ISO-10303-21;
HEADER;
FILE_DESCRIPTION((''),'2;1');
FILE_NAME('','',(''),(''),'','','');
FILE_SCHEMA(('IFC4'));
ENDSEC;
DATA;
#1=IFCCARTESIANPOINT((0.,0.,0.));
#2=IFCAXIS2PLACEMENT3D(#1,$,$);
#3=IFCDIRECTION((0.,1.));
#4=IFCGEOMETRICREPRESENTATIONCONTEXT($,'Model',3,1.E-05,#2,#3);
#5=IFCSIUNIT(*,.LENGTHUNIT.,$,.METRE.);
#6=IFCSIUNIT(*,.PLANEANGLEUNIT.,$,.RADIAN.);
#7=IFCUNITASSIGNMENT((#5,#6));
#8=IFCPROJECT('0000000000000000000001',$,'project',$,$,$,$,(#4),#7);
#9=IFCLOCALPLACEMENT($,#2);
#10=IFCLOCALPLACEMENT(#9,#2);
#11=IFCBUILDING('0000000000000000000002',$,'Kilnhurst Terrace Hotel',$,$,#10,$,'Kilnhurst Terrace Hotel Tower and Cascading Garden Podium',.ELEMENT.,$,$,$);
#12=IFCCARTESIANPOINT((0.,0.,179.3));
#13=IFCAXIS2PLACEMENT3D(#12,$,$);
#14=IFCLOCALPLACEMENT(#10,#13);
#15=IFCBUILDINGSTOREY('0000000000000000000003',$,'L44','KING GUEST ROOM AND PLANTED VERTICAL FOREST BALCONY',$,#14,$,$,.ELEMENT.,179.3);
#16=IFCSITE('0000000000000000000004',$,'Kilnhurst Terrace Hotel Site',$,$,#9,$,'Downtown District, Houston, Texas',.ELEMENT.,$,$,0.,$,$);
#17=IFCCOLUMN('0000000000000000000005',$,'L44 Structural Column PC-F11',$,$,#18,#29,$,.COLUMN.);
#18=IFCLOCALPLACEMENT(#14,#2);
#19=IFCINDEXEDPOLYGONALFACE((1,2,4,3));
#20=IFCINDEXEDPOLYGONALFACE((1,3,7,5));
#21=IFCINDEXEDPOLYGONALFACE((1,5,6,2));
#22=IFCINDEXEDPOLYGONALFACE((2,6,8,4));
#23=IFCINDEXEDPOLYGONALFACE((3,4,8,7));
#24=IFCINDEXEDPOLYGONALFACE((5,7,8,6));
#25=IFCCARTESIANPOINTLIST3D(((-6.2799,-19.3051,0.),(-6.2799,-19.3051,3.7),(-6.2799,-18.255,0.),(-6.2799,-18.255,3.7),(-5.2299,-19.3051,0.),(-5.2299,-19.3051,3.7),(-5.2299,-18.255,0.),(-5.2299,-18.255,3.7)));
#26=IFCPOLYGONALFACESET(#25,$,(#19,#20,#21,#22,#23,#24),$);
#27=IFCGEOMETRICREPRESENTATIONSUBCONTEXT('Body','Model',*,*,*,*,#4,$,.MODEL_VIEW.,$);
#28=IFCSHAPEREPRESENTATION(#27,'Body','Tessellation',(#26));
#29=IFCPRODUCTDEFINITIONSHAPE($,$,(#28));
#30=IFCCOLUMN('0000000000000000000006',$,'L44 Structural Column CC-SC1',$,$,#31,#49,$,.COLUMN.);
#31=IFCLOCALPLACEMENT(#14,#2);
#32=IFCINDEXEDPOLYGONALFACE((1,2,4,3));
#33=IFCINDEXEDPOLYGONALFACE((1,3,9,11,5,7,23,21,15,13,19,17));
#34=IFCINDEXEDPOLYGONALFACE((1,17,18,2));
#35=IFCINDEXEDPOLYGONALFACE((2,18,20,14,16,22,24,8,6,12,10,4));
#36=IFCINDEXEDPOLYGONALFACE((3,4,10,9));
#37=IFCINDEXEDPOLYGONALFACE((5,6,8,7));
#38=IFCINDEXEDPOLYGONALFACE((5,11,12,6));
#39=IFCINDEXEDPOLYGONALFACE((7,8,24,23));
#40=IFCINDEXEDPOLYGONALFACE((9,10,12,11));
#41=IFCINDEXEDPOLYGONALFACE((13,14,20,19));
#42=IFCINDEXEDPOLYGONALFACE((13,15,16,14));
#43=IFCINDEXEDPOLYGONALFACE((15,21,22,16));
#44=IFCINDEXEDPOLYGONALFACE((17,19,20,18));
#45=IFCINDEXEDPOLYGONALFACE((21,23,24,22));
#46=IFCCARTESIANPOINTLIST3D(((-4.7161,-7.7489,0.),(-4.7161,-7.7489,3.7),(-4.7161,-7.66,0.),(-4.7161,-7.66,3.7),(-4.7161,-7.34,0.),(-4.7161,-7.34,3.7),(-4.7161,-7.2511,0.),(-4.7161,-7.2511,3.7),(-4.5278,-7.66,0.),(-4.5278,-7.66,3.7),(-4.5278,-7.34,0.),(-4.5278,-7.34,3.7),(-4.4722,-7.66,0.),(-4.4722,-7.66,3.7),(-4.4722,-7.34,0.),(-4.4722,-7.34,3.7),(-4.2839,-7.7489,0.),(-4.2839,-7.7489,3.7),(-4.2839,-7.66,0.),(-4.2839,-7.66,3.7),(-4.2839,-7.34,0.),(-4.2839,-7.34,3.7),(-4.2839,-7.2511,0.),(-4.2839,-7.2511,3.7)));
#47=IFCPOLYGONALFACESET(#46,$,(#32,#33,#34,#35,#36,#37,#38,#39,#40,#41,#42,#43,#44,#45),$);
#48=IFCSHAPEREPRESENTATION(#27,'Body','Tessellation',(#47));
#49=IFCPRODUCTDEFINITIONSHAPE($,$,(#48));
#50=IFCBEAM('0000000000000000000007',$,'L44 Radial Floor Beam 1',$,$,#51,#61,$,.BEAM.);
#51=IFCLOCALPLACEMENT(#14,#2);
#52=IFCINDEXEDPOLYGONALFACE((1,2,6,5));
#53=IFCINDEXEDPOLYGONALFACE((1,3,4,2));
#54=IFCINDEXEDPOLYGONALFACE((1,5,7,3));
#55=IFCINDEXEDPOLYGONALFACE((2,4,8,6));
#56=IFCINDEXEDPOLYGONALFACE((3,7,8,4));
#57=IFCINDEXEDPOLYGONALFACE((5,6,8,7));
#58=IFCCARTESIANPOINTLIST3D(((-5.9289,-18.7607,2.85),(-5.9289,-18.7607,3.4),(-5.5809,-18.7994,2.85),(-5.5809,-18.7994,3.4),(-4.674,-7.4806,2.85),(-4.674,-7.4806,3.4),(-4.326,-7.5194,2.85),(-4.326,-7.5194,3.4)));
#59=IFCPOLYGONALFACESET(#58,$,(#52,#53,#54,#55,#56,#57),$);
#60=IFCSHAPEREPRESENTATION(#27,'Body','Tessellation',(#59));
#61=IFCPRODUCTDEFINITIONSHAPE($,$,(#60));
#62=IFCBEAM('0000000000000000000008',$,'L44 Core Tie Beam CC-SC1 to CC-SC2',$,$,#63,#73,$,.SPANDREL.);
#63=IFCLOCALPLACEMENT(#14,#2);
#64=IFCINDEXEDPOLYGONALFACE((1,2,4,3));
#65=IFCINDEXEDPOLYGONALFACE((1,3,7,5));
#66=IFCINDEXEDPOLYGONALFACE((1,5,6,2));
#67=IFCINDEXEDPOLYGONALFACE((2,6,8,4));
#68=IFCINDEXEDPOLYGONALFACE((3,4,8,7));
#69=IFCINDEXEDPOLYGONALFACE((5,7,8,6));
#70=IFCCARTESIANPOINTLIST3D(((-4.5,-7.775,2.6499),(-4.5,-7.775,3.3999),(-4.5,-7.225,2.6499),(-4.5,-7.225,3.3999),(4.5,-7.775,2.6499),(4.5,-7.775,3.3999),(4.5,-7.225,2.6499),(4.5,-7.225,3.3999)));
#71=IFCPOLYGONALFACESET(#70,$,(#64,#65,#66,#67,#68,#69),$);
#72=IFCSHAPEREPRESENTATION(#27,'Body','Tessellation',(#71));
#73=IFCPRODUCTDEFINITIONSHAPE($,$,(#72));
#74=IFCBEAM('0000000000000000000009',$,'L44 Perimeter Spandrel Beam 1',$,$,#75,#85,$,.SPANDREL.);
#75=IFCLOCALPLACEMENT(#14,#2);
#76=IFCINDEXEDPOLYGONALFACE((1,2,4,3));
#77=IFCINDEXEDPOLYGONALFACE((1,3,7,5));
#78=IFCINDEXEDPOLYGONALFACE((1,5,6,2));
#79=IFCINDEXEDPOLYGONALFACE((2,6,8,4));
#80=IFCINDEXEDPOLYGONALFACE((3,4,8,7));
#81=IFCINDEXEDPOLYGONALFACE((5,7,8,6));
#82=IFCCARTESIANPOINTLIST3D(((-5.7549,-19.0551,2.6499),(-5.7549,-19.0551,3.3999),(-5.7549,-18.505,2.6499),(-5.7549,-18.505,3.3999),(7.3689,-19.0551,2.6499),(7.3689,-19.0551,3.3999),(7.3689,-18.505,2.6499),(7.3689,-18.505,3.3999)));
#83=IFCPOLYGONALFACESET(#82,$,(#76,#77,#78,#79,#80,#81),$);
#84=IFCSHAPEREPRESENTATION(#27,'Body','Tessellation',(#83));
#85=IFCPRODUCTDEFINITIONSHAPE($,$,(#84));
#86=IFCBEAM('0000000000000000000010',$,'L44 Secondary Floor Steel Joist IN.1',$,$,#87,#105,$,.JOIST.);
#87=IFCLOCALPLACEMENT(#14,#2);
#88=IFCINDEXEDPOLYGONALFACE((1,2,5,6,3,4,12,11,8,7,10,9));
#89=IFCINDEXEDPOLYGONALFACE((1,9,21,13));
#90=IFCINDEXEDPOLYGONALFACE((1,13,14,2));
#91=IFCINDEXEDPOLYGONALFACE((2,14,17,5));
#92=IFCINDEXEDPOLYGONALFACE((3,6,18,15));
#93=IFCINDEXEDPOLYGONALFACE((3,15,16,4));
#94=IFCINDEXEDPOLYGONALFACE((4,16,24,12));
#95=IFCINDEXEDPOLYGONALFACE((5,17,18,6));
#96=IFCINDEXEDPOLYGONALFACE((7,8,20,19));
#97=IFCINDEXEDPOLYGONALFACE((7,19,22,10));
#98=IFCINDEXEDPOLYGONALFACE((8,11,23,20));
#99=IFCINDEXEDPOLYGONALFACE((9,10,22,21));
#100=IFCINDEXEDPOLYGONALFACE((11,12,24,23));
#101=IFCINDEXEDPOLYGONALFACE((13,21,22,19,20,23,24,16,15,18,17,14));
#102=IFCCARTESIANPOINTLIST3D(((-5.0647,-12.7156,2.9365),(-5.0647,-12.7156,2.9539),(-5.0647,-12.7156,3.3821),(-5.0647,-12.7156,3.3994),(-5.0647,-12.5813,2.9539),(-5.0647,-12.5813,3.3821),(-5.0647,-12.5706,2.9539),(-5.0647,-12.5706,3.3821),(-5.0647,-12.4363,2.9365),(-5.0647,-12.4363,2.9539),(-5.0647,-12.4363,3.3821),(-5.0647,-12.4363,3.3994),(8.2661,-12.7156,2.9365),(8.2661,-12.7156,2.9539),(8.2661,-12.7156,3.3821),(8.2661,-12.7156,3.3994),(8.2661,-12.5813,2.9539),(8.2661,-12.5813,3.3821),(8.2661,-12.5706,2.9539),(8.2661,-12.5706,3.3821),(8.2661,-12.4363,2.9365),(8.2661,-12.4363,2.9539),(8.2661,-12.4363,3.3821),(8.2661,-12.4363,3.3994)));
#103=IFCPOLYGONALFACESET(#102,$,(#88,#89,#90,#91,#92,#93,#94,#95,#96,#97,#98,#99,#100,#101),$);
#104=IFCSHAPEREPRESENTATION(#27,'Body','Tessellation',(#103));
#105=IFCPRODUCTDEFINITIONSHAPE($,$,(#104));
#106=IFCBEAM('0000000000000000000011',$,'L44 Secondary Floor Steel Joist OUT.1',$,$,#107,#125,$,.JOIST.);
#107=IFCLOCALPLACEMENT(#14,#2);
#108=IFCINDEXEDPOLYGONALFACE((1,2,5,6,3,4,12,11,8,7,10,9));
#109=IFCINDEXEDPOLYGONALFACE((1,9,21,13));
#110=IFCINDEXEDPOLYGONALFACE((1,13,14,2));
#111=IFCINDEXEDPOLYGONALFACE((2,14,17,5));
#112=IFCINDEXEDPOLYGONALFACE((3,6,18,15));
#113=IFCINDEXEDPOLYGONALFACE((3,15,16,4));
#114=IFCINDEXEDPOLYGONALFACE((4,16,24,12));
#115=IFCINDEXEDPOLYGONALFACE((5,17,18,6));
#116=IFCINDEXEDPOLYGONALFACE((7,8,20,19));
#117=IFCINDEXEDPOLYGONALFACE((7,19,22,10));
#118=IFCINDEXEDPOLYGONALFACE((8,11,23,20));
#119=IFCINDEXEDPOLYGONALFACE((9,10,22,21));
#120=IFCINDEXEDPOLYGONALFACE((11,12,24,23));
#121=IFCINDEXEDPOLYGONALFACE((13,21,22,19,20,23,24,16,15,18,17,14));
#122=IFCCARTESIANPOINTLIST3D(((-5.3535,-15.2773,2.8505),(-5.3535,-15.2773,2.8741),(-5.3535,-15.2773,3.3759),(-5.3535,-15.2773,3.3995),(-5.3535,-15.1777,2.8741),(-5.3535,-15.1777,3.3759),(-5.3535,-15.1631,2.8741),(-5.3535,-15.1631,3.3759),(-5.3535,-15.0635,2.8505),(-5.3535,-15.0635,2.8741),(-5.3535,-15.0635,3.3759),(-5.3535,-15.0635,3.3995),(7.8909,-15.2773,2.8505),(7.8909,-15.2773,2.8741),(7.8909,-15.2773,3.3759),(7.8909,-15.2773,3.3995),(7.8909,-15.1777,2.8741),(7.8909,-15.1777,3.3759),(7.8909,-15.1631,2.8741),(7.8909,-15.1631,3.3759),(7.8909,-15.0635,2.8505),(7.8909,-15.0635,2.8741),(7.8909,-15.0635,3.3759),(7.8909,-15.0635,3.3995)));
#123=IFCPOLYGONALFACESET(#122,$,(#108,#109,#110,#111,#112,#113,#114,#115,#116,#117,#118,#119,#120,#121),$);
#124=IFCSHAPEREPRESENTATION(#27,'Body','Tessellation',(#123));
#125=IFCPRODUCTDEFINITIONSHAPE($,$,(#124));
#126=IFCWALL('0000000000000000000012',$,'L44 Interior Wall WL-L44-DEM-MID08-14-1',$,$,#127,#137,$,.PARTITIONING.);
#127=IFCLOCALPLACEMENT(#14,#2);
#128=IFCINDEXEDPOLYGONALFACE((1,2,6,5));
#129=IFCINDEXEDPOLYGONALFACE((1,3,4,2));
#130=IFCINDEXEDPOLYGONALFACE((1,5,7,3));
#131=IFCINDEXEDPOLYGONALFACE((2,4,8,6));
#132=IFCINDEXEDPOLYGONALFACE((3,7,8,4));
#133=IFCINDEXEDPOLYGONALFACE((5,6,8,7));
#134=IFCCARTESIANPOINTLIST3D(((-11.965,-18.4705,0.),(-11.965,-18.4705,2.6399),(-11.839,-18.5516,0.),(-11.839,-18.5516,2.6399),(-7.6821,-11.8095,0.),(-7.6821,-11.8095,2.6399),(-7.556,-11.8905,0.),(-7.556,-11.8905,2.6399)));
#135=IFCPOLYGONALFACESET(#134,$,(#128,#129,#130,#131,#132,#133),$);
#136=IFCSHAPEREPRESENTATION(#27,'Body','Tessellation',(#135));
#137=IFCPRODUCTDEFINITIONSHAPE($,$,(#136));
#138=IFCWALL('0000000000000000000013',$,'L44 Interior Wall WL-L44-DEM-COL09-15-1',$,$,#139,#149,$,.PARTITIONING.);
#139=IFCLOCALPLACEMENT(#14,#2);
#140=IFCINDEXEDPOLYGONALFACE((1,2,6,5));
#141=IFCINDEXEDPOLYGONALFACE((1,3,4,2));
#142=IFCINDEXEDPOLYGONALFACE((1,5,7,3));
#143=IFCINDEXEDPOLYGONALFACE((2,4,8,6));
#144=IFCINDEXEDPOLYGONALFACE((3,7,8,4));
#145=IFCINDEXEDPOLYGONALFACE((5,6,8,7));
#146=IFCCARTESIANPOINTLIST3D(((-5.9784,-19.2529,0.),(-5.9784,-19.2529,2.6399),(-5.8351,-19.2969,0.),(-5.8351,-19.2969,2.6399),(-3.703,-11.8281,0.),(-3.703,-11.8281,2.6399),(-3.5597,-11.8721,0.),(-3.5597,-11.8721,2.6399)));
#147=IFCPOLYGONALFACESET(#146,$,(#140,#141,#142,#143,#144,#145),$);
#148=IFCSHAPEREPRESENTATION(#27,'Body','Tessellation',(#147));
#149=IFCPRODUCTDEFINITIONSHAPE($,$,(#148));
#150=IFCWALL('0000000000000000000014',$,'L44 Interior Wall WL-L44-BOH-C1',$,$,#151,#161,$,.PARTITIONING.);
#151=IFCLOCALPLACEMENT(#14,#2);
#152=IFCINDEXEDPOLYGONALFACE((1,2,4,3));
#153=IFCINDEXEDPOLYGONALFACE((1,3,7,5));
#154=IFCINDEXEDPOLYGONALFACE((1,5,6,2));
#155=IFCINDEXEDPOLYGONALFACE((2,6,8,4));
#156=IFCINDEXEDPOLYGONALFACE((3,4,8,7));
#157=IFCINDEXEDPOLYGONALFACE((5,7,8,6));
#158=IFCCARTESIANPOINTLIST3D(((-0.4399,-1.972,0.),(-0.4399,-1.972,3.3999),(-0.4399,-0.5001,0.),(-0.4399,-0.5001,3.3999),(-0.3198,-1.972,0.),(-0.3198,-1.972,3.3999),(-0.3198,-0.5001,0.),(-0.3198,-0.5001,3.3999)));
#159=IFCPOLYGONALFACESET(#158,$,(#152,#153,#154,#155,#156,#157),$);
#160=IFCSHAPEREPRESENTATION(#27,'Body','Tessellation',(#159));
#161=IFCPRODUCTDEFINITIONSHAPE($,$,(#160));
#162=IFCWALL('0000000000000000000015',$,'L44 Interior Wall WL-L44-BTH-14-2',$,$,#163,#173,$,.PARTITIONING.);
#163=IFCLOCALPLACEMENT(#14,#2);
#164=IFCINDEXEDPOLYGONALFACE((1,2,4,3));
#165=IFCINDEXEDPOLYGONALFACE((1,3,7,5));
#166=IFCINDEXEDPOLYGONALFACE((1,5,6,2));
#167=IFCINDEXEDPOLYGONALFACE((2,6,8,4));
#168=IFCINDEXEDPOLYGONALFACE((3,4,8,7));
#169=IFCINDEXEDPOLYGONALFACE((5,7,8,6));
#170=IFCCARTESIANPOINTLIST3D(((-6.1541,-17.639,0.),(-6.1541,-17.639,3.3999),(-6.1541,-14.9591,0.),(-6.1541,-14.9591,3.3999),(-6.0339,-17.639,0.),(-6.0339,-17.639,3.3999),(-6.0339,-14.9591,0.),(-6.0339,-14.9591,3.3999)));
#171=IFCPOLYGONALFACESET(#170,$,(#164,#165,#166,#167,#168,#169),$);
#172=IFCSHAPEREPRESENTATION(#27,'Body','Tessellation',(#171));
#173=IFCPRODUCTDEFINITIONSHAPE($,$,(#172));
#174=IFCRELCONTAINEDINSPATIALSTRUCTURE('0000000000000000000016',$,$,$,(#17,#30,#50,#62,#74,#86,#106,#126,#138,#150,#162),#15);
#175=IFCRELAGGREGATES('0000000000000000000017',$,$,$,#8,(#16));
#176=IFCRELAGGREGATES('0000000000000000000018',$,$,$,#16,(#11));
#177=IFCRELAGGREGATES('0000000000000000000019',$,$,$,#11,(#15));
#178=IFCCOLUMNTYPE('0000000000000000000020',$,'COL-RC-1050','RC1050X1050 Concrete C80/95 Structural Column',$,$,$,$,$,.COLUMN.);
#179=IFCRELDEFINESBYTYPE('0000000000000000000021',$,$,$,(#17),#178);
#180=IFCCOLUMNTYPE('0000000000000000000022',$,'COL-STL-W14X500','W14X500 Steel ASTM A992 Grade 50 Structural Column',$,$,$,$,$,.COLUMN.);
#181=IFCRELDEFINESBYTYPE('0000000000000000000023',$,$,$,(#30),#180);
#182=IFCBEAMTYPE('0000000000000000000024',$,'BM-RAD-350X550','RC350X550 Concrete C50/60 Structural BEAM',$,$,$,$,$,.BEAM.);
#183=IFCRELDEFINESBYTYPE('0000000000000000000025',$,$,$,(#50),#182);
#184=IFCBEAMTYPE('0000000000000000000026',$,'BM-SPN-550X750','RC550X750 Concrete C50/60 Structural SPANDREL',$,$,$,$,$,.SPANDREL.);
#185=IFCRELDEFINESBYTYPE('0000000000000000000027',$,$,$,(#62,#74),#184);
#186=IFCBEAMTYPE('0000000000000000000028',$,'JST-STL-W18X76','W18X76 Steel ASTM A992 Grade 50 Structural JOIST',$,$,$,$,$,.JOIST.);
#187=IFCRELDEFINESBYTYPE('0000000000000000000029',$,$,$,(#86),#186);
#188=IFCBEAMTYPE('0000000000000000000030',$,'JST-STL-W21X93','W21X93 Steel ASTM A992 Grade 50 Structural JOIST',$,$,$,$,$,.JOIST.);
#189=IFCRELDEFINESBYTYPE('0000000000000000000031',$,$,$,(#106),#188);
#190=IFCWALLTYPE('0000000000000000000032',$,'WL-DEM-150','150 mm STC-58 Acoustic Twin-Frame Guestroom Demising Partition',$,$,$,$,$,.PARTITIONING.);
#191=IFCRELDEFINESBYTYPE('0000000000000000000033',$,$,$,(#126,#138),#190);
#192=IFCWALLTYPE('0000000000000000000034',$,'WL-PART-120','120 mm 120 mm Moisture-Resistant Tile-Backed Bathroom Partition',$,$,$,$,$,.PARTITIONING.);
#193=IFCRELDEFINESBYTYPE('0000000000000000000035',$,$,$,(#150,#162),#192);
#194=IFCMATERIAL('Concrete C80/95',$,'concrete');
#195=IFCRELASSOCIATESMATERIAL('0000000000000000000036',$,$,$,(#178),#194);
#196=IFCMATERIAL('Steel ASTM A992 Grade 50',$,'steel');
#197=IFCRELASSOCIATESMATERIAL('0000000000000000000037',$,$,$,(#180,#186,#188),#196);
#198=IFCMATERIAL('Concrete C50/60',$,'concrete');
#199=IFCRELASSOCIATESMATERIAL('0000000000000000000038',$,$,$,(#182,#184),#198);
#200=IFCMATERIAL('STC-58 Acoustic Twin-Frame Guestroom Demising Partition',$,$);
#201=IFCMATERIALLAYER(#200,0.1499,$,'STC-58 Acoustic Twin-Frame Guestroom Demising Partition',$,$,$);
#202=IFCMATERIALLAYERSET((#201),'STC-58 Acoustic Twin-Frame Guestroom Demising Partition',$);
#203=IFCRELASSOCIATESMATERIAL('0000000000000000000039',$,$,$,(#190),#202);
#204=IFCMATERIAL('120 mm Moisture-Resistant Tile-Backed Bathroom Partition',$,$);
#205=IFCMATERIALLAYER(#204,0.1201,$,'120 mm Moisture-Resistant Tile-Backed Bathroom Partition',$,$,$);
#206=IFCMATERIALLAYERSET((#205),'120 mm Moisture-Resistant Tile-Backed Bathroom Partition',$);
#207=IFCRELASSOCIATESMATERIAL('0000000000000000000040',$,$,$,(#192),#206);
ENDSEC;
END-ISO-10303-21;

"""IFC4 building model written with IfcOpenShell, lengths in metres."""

from ifc_helpers import new_model, si_unit, direction, frame, frame_2d, origin, origin_2d, place, context, subcontext, project, spatial, rectangle, i_section, extrude, material, layer, layer_set, material_profile, profile_set, type_object, element, save


model = new_model("IFC4")

# Units and contexts
model_context = context("Model", 3, precision=1e-05, world=origin(), true_north=direction((0.0, 1.0)))
body_context = subcontext(model_context, "Body", "Model", "MODEL_VIEW")
ifc_project = project(units=[si_unit("LENGTHUNIT", "METRE"), si_unit("PLANEANGLEUNIT", "RADIAN")], contexts=[model_context])

# Site, building, storey
site_placement = place(None, origin())
site = spatial("IfcSite", under=ifc_project, at=site_placement, Name="Kilnhurst Terrace Hotel Site", LongName="Downtown District, Houston, Texas", CompositionType="ELEMENT", RefElevation=0.0)
building_placement = place(site_placement, origin())
building = spatial("IfcBuilding", under=site, at=building_placement, Name="Kilnhurst Terrace Hotel", LongName="Kilnhurst Terrace Hotel Tower and Cascading Garden Podium", CompositionType="ELEMENT")
storey_placement = place(building_placement, frame((0.0, 0.0, 179.3)))
storey = spatial("IfcBuildingStorey", under=building, at=storey_placement, Name="L44", Description="KING GUEST ROOM AND PLANTED VERTICAL FOREST BALCONY", CompositionType="ELEMENT", Elevation=179.3)

# Columns
ifc_material_1 = material(Name="Concrete C80/95", Category="concrete")
ifc_material_profile_1 = material_profile(ifc_material_1, rectangle(XDim=1.05, YDim=1.05, at=origin_2d()), Name="RC1050X1050")
ifc_profile_set_1 = profile_set([ifc_material_profile_1], Name="Concrete C80/95")
column_type_1 = type_object("IfcColumnType", Name="COL-RC-1050", Description="RC1050X1050 Concrete C80/95 Structural Column", PredefinedType="COLUMN", material=ifc_profile_set_1)
column_1_placement = place(storey_placement, frame((-5.7549, -18.78, 0.0), z_axis=(0.0, 0.0, 1.0), x_axis=(1.0, 0.0, 0.0)))
element("IfcColumn", 1, at=column_1_placement, inside=storey, type_object=column_type_1, Name="L44 Structural Column PC-F11", PredefinedType="COLUMN", context=body_context, shape_type="SweptSolid", body=[
    extrude(rectangle(XDim=1.05, YDim=1.05, at=origin_2d()), origin(), (0.0, 0.0, 1.0), 3.7),
])
ifc_material_2 = material(Name="Steel ASTM A992 Grade 50", Category="steel")
ifc_material_profile_2 = material_profile(ifc_material_2, i_section(OverallWidth=0.4321, OverallDepth=0.4978, WebThickness=0.0557, FlangeThickness=0.0889, at=origin_2d()), Name="W14X500")
ifc_profile_set_2 = profile_set([ifc_material_profile_2], Name="Steel ASTM A992 Grade 50")
column_type_2 = type_object("IfcColumnType", Name="COL-STL-W14X500", Description="W14X500 Steel ASTM A992 Grade 50 Structural Column", PredefinedType="COLUMN", material=ifc_profile_set_2)
column_2_placement = place(storey_placement, frame((-4.5, -7.5, 0.0), z_axis=(0.0, 0.0, 1.0), x_axis=(1.0, 0.0, 0.0)))
element("IfcColumn", 2, at=column_2_placement, inside=storey, type_object=column_type_2, Name="L44 Structural Column CC-SC1", PredefinedType="COLUMN", context=body_context, shape_type="SweptSolid", body=[
    extrude(i_section(OverallWidth=0.4321, OverallDepth=0.4978, WebThickness=0.0557, FlangeThickness=0.0889, at=origin_2d()), origin(), (0.0, 0.0, 1.0), 3.7),
])

# Beams
ifc_material_3 = material(Name="Concrete C50/60", Category="concrete")
ifc_material_profile_3 = material_profile(ifc_material_3, rectangle(XDim=0.3501, YDim=0.55, at=origin_2d()), Name="RC350X550")
ifc_profile_set_3 = profile_set([ifc_material_profile_3], Name="Concrete C50/60")
beam_type_1 = type_object("IfcBeamType", Name="BM-RAD-350X550", Description="RC350X550 Concrete C50/60 Structural BEAM", PredefinedType="BEAM", material=ifc_profile_set_3)
beam_1_placement = place(storey_placement, frame((-4.5, -7.5, 3.125), z_axis=(-0.110566, -0.993869, 0.0), x_axis=(0.993869, -0.110566, 0.0)))
element("IfcBeam", 3, at=beam_1_placement, inside=storey, type_object=beam_type_1, Name="L44 Radial Floor Beam 1", PredefinedType="BEAM", context=body_context, shape_type="SweptSolid", body=[
    extrude(rectangle(XDim=0.3501, YDim=0.55, at=origin_2d()), origin(), (0.0, 0.0, 1.0), 11.3496),
])
ifc_material_profile_4 = material_profile(ifc_material_3, rectangle(XDim=0.55, YDim=0.75, at=origin_2d()), Name="RC550X750")
ifc_profile_set_4 = profile_set([ifc_material_profile_4], Name="Concrete C50/60")
beam_type_2 = type_object("IfcBeamType", Name="BM-SPN-550X750", Description="RC550X750 Concrete C50/60 Structural SPANDREL", PredefinedType="SPANDREL", material=ifc_profile_set_4)
beam_2_placement = place(storey_placement, frame((-4.5, -7.5, 3.0249), z_axis=(1.0, 0.0, 0.0), x_axis=(0.0, 1.0, 0.0)))
element("IfcBeam", 4, at=beam_2_placement, inside=storey, type_object=beam_type_2, Name="L44 Core Tie Beam CC-SC1 to CC-SC2", PredefinedType="SPANDREL", context=body_context, shape_type="SweptSolid", body=[
    extrude(rectangle(XDim=0.55, YDim=0.75, at=origin_2d()), origin(), (0.0, 0.0, 1.0), 9.0),
])
beam_3_placement = place(storey_placement, frame((-5.7549, -18.78, 3.0249), z_axis=(1.0, 0.0, 0.0), x_axis=(0.0, 1.0, 0.0)))
element("IfcBeam", 5, at=beam_3_placement, inside=storey, type_object=beam_type_2, Name="L44 Perimeter Spandrel Beam 1", PredefinedType="SPANDREL", context=body_context, shape_type="SweptSolid", body=[
    extrude(rectangle(XDim=0.55, YDim=0.75, at=origin_2d()), origin(), (0.0, 0.0, 1.0), 13.1238),
])
ifc_material_profile_5 = material_profile(ifc_material_2, i_section(OverallWidth=0.2793, OverallDepth=0.4629, WebThickness=0.0107, FlangeThickness=0.0173, at=origin_2d()), Name="W18X76")
ifc_profile_set_5 = profile_set([ifc_material_profile_5], Name="Steel ASTM A992 Grade 50")
beam_type_3 = type_object("IfcBeamType", Name="JST-STL-W18X76", Description="W18X76 Steel ASTM A992 Grade 50 Structural JOIST", PredefinedType="JOIST", material=ifc_profile_set_5)
beam_4_placement = place(storey_placement, frame((-5.0647, -12.5759, 3.168), z_axis=(1.0, 0.0, 0.0), x_axis=(0.0, 1.0, 0.0)))
element("IfcBeam", 6, at=beam_4_placement, inside=storey, type_object=beam_type_3, Name="L44 Secondary Floor Steel Joist IN.1", PredefinedType="JOIST", context=body_context, shape_type="SweptSolid", body=[
    extrude(i_section(OverallWidth=0.2793, OverallDepth=0.4629, WebThickness=0.0107, FlangeThickness=0.0173, at=origin_2d()), origin(), (0.0, 0.0, 1.0), 13.3308),
])
ifc_material_profile_6 = material_profile(ifc_material_2, i_section(OverallWidth=0.2139, OverallDepth=0.5491, WebThickness=0.0146, FlangeThickness=0.0237, at=origin_2d()), Name="W21X93")
ifc_profile_set_6 = profile_set([ifc_material_profile_6], Name="Steel ASTM A992 Grade 50")
beam_type_4 = type_object("IfcBeamType", Name="JST-STL-W21X93", Description="W21X93 Steel ASTM A992 Grade 50 Structural JOIST", PredefinedType="JOIST", material=ifc_profile_set_6)
beam_5_placement = place(storey_placement, frame((-5.3535, -15.1704, 3.125), z_axis=(1.0, 0.0, 0.0), x_axis=(0.0, 1.0, 0.0)))
element("IfcBeam", 7, at=beam_5_placement, inside=storey, type_object=beam_type_4, Name="L44 Secondary Floor Steel Joist OUT.1", PredefinedType="JOIST", context=body_context, shape_type="SweptSolid", body=[
    extrude(i_section(OverallWidth=0.2139, OverallDepth=0.5491, WebThickness=0.0146, FlangeThickness=0.0237, at=origin_2d()), origin(), (0.0, 0.0, 1.0), 13.2444),
])

# Walls
ifc_material_4 = material(Name="STC-58 Acoustic Twin-Frame Guestroom Demising Partition")
ifc_layer_1 = layer(ifc_material_4, 0.1499, Name="STC-58 Acoustic Twin-Frame Guestroom Demising Partition")
ifc_layer_set_1 = layer_set([ifc_layer_1], Name="STC-58 Acoustic Twin-Frame Guestroom Demising Partition")
wall_type_1 = type_object("IfcWallType", Name="WL-DEM-150", Description="150 mm STC-58 Acoustic Twin-Frame Guestroom Demising Partition", PredefinedType="PARTITIONING", material=ifc_layer_set_1)
wall_1_placement = place(storey_placement, frame((-7.6191, -11.8501, 0.0), z_axis=(0.0, 0.0, 1.0), x_axis=(-0.540829, -0.841132, 0.0)))
element("IfcWall", 8, at=wall_1_placement, inside=storey, type_object=wall_type_1, Name="L44 Interior Wall WL-L44-DEM-MID08-14-1", PredefinedType="PARTITIONING", context=body_context, shape_type="SweptSolid", body=[
    extrude(rectangle(XDim=7.9192, YDim=0.1499, at=frame_2d((3.9595, 0.0))), origin(), (0.0, 0.0, 1.0), 2.6399),
])
wall_2_placement = place(storey_placement, frame((-3.6313, -11.8501, 0.0), z_axis=(0.0, 0.0, 1.0), x_axis=(-0.293008, -0.95611, 0.0)))
element("IfcWall", 9, at=wall_2_placement, inside=storey, type_object=wall_type_1, Name="L44 Interior Wall WL-L44-DEM-COL09-15-1", PredefinedType="PARTITIONING", context=body_context, shape_type="SweptSolid", body=[
    extrude(rectangle(XDim=7.7656, YDim=0.1499, at=frame_2d((3.8828, 0.0))), origin(), (0.0, 0.0, 1.0), 2.6399),
])
ifc_material_5 = material(Name="120 mm Moisture-Resistant Tile-Backed Bathroom Partition")
ifc_layer_2 = layer(ifc_material_5, 0.1201, Name="120 mm Moisture-Resistant Tile-Backed Bathroom Partition")
ifc_layer_set_2 = layer_set([ifc_layer_2], Name="120 mm Moisture-Resistant Tile-Backed Bathroom Partition")
wall_type_2 = type_object("IfcWallType", Name="WL-PART-120", Description="120 mm 120 mm Moisture-Resistant Tile-Backed Bathroom Partition", PredefinedType="PARTITIONING", material=ifc_layer_set_2)
wall_3_placement = place(storey_placement, frame((-0.3799, -1.9719, 0.0), z_axis=(0.0, 0.0, 1.0), x_axis=(0.0, 1.0, 0.0)))
element("IfcWall", 10, at=wall_3_placement, inside=storey, type_object=wall_type_2, Name="L44 Interior Wall WL-L44-BOH-C1", PredefinedType="PARTITIONING", context=body_context, shape_type="SweptSolid", body=[
    extrude(rectangle(XDim=1.4719, YDim=0.1201, at=frame_2d((0.7358, 0.0))), origin(), (0.0, 0.0, 1.0), 3.3999),
])
wall_4_placement = place(storey_placement, frame((-6.094, -17.6389, 0.0), z_axis=(0.0, 0.0, 1.0), x_axis=(0.0, 1.0, 0.0)))
element("IfcWall", 11, at=wall_4_placement, inside=storey, type_object=wall_type_2, Name="L44 Interior Wall WL-L44-BTH-14-2", PredefinedType="PARTITIONING", context=body_context, shape_type="SweptSolid", body=[
    extrude(rectangle(XDim=2.6799, YDim=0.1201, at=frame_2d((1.3398, 0.0))), origin(), (0.0, 0.0, 1.0), 3.3999),
])

save(model, "model.ifc")
